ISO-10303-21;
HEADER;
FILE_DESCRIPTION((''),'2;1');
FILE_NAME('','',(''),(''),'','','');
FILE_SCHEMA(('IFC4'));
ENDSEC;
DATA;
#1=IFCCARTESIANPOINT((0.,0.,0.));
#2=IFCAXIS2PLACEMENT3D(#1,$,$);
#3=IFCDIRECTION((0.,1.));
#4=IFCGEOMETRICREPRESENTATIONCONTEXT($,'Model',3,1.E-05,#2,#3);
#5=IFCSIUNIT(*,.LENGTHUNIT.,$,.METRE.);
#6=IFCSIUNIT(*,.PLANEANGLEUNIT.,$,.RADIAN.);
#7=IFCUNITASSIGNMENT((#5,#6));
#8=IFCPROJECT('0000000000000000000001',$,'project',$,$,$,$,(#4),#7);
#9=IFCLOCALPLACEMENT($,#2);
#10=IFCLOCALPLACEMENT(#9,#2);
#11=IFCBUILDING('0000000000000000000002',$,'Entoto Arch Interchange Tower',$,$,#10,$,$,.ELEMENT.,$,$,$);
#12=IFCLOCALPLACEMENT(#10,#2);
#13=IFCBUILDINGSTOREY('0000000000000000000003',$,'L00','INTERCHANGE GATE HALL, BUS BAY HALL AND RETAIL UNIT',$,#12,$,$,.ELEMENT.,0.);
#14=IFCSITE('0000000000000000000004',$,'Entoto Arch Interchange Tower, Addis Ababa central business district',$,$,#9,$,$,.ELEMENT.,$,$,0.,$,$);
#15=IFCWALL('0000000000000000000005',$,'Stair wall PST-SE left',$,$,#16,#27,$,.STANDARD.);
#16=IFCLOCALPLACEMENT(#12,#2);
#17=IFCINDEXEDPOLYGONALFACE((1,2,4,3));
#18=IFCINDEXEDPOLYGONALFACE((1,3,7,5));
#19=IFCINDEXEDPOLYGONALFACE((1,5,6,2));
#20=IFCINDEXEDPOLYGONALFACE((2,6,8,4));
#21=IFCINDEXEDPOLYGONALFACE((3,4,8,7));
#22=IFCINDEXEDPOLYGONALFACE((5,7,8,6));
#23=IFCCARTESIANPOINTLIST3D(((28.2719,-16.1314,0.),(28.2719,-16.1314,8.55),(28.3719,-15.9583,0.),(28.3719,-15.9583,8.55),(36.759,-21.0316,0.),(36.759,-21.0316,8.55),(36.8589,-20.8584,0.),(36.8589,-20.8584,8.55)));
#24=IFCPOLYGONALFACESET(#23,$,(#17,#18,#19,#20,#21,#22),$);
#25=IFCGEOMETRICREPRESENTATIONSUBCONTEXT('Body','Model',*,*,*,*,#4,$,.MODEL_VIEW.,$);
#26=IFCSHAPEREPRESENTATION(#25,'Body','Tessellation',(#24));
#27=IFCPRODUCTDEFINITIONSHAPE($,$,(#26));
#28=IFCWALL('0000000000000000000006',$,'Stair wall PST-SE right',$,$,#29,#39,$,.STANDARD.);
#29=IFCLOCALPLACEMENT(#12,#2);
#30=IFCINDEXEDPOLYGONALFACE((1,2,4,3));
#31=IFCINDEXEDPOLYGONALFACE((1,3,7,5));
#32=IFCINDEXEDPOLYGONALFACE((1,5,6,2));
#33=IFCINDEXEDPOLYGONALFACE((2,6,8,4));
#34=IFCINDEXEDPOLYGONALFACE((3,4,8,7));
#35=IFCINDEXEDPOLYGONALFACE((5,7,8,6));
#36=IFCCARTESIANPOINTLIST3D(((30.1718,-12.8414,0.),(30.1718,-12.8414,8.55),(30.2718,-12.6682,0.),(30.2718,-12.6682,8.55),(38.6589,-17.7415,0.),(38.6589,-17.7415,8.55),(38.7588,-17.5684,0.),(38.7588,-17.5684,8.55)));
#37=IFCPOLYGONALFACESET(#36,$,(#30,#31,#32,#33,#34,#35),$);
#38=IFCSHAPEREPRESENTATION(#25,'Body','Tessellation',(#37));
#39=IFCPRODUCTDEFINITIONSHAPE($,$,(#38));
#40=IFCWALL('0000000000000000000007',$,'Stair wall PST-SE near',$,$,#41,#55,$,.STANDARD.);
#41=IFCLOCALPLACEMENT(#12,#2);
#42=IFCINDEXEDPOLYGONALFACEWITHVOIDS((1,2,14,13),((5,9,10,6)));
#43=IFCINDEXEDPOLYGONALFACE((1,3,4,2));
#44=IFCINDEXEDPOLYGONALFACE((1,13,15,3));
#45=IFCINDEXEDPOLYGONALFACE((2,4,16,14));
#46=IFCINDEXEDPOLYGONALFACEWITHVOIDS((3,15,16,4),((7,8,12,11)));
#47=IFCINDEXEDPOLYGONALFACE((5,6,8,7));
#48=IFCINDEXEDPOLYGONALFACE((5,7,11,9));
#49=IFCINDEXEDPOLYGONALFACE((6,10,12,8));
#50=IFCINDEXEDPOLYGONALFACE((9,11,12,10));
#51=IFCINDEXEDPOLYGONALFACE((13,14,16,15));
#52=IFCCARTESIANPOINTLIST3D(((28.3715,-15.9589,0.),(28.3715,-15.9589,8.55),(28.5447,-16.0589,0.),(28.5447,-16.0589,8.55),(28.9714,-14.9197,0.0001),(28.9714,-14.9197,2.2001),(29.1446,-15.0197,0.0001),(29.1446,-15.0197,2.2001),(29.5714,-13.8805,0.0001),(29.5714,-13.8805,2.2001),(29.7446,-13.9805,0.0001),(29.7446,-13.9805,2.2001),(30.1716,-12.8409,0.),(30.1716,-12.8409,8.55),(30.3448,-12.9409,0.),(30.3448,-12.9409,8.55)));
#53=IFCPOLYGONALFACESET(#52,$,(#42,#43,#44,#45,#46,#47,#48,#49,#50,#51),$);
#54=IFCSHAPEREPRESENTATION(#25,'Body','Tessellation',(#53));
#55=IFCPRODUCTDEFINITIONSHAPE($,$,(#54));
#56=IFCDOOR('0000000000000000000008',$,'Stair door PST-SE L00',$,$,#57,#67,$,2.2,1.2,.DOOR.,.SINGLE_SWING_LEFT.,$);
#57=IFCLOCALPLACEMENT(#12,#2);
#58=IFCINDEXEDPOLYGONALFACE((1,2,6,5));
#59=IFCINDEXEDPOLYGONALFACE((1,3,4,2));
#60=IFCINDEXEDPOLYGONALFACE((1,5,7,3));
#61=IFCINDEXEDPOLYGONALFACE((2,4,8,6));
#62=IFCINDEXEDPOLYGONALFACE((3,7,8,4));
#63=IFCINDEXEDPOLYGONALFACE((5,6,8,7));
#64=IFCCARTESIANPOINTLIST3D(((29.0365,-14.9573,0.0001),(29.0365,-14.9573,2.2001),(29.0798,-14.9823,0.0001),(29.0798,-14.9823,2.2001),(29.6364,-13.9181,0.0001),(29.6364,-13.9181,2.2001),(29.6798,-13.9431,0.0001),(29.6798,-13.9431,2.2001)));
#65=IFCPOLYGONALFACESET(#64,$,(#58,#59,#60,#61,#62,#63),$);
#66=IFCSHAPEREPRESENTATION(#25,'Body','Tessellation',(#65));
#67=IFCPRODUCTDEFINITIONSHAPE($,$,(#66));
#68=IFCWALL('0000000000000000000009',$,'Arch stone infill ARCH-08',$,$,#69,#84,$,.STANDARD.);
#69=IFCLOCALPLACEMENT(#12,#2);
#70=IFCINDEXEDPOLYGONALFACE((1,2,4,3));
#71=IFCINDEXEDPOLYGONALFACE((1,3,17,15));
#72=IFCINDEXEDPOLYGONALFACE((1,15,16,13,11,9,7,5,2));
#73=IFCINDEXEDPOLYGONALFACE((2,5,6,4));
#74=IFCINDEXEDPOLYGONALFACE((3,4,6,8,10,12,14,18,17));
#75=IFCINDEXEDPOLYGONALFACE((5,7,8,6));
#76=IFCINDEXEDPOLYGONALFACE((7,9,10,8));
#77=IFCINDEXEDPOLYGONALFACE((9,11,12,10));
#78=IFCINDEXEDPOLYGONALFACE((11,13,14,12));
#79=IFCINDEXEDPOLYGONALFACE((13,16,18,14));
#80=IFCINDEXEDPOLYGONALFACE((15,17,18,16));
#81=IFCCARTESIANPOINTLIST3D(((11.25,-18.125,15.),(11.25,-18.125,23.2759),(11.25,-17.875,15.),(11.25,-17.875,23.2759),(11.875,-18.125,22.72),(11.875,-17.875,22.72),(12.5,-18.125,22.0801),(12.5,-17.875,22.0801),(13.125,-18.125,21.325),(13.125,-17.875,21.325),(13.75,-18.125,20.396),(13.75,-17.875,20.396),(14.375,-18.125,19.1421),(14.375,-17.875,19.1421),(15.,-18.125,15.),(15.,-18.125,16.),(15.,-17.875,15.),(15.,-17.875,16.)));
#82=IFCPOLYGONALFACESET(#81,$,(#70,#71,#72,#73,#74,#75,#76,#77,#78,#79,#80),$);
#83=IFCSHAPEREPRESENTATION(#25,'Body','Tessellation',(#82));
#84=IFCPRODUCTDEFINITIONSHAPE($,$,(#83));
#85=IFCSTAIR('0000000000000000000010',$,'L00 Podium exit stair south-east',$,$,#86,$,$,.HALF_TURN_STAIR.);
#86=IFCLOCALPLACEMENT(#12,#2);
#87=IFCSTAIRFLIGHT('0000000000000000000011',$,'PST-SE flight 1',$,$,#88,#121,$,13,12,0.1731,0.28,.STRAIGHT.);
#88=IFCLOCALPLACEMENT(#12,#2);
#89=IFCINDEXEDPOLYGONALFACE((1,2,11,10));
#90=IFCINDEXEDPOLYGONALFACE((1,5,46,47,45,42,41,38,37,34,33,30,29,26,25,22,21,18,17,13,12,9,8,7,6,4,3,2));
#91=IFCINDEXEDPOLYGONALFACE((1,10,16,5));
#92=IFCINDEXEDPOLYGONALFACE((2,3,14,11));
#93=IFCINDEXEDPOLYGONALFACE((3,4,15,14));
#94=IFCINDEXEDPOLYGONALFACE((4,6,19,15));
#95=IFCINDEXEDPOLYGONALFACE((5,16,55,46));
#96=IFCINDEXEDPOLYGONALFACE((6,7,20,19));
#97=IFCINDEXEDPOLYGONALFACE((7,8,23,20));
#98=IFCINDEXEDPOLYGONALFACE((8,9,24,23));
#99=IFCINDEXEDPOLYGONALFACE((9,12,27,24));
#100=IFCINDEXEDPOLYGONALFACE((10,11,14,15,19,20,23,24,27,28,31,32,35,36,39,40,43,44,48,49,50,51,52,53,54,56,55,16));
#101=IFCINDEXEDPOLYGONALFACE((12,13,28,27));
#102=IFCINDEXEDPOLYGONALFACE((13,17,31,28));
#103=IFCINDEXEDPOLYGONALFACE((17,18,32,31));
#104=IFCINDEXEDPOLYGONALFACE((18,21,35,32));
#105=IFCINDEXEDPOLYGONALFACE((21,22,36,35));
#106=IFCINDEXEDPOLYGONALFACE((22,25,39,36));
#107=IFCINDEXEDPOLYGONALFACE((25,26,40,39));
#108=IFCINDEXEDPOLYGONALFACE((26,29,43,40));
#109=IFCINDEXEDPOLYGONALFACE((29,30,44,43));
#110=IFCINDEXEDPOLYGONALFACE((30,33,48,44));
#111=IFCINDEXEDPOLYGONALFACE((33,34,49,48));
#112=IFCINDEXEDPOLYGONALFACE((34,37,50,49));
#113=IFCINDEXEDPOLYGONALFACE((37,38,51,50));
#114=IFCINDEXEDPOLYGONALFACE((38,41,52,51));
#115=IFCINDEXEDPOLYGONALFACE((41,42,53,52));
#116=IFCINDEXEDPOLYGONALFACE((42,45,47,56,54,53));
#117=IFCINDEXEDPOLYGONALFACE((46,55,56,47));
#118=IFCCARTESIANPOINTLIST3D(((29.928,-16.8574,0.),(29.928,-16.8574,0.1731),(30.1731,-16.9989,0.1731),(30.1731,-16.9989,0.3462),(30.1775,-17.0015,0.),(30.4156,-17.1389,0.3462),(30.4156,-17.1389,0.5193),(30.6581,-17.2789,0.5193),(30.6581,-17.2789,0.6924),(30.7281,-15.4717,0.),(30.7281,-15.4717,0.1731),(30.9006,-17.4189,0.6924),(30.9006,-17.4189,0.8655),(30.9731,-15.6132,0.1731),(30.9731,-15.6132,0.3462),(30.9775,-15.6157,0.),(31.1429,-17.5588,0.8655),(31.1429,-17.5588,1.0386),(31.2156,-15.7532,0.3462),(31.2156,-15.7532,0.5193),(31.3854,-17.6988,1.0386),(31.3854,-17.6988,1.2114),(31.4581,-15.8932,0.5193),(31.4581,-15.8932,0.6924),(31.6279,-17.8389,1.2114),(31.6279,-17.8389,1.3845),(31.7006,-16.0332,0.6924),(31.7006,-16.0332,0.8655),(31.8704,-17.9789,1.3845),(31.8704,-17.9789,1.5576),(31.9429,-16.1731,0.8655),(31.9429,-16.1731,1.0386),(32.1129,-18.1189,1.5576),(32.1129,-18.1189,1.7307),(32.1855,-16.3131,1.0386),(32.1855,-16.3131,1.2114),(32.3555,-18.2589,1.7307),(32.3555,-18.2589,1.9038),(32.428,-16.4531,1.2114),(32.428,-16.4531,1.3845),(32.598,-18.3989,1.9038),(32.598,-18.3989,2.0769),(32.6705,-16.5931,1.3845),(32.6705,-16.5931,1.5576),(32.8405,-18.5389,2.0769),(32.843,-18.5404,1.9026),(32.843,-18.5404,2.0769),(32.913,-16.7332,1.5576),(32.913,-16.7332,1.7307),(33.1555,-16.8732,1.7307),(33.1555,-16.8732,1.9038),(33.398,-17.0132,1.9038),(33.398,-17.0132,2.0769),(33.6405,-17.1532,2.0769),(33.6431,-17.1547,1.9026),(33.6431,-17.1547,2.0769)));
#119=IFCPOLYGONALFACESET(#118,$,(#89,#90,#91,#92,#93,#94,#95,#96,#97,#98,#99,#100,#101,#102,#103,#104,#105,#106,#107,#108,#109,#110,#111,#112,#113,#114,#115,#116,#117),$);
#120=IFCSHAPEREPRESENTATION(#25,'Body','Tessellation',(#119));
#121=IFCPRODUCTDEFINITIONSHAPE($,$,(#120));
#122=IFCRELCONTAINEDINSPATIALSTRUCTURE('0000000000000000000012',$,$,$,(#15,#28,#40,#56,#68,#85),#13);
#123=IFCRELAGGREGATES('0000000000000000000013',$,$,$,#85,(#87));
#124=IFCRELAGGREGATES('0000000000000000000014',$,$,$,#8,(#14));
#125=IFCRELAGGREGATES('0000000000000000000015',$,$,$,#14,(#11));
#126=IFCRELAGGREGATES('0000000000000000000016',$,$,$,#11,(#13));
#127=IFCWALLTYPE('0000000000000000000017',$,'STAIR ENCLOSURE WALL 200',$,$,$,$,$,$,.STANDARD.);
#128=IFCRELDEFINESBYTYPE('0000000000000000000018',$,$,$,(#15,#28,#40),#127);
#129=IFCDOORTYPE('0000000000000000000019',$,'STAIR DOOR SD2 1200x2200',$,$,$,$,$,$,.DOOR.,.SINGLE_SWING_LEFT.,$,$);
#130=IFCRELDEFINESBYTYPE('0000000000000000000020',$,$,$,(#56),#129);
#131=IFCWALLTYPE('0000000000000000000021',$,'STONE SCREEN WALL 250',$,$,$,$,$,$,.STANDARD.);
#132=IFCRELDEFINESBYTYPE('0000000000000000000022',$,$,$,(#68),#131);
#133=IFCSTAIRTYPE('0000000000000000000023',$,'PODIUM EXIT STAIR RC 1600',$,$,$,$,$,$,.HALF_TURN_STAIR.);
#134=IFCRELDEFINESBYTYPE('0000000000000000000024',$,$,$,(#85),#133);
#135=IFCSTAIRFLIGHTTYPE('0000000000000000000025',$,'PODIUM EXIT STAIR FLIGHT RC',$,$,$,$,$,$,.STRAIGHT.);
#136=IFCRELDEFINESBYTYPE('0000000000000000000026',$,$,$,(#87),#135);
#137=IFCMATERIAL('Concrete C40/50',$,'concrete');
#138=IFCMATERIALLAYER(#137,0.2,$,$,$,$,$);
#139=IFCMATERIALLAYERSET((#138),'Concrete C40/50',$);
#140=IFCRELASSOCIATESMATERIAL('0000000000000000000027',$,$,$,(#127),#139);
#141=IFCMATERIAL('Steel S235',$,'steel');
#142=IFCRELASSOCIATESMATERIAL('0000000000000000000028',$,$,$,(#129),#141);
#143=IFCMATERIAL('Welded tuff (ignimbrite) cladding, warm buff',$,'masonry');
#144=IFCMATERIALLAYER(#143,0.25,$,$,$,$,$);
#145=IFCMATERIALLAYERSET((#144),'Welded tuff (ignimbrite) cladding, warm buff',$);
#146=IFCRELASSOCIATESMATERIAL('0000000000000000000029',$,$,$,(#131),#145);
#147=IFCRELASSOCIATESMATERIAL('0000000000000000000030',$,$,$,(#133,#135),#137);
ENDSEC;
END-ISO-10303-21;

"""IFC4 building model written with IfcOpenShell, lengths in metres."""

from ifc_helpers import new_model, si_unit, direction, frame, frame_2d, origin, place, context, subcontext, project, spatial, polyline, rectangle, outline, extrude, material, layer, layer_set, type_object, element, fill, aggregate, save


model = new_model("IFC4")

# Units and contexts
model_context = context("Model", 3, precision=1e-05, world=origin(), true_north=direction((0.0, 1.0)))
body_context = subcontext(model_context, "Body", "Model", "MODEL_VIEW")
ifc_project = project(units=[si_unit("LENGTHUNIT", "METRE"), si_unit("PLANEANGLEUNIT", "RADIAN")], contexts=[model_context])

# Site, building, storey
site_placement = place(None, origin())
site = spatial("IfcSite", under=ifc_project, at=site_placement, Name="Entoto Arch Interchange Tower, Addis Ababa central business district", CompositionType="ELEMENT", RefElevation=0.0)
building_placement = place(site_placement, origin())
building = spatial("IfcBuilding", under=site, at=building_placement, Name="Entoto Arch Interchange Tower", CompositionType="ELEMENT")
storey_placement = place(building_placement, origin())
storey = spatial("IfcBuildingStorey", under=building, at=storey_placement, Name="L00", Description="INTERCHANGE GATE HALL, BUS BAY HALL AND RETAIL UNIT", CompositionType="ELEMENT", Elevation=0.0)

# Shared definitions
ifc_material_1 = material(Name="Concrete C40/50", Category="concrete")

# Walls
ifc_layer_1 = layer(ifc_material_1, 0.2)
ifc_layer_set_1 = layer_set([ifc_layer_1], Name="Concrete C40/50")
wall_type_1 = type_object("IfcWallType", Name="STAIR ENCLOSURE WALL 200", PredefinedType="STANDARD", material=ifc_layer_set_1)
for number, where, z_axis, x_axis, name in (
    (1, (28.322, -16.0449, 0.0), (0.0, 0.0, 1.0), (0.866019, -0.500011, 0.0), "Stair wall PST-SE left"),
    (2, (30.2219, -12.7549, 0.0), (0.0, 0.0, 1.0), (0.866019, -0.500011, 0.0), "Stair wall PST-SE right"),
):
    element("IfcWall", number, at=place(storey_placement, frame(where, z_axis=z_axis, x_axis=x_axis)), inside=storey, type_object=wall_type_1, Name=name, PredefinedType="STANDARD", context=body_context, shape_type="SweptSolid", body=[
        extrude(rectangle(XDim=9.8, YDim=0.2, at=frame_2d((4.8999, 0.0))), origin(), (0.0, 0.0, 1.0), 8.55),
    ])

# Wall, opening, door
wall_1_placement = place(storey_placement, frame((28.458, -16.009, 0.0), z_axis=(0.0, 0.0, 1.0), x_axis=(0.499983, 0.866035, 0.0)))
wall_1 = element("IfcWall", 3, at=wall_1_placement, inside=storey, type_object=wall_type_1, Name="Stair wall PST-SE near", PredefinedType="STANDARD", context=body_context, shape_type="SweptSolid", body=[
    extrude(rectangle(XDim=3.6003, YDim=0.2, at=frame_2d((1.8003, 0.0))), origin(), (0.0, 0.0, 1.0), 8.55),
])
opening_1_placement = place(wall_1_placement, frame((1.2, 0.0, 0.0)))
opening_1 = element("IfcOpeningElement", 4, at=opening_1_placement, cuts=wall_1, PredefinedType="OPENING", context=body_context, shape_type="SweptSolid", body=[
    extrude(rectangle(XDim=1.2, YDim=2.2, at=frame_2d((0.6001, 1.1001))), frame((0.0, 0.1099, 0.0), z_axis=(0.0, -1.0, 0.0), x_axis=(1.0, 0.0, 0.0)), (0.0, 0.0, 1.0), 0.22),
])
ifc_material_2 = material(Name="Steel S235", Category="steel")
door_type_1 = type_object("IfcDoorType", Name="STAIR DOOR SD2 1200x2200", OperationType="SINGLE_SWING_LEFT", PredefinedType="DOOR", material=ifc_material_2)
door_1_placement = place(opening_1_placement, origin())
door_1 = element("IfcDoor", 5, at=door_1_placement, inside=storey, type_object=door_type_1, Name="Stair door PST-SE L00", OperationType="SINGLE_SWING_LEFT", OverallHeight=2.2, OverallWidth=1.2, PredefinedType="DOOR", context=body_context, shape_type="SweptSolid", body=[
    extrude(rectangle(XDim=1.2, YDim=2.2, at=frame_2d((0.6001, 1.1001))), frame((0.0, 0.0249, 0.0), z_axis=(0.0, -1.0, 0.0), x_axis=(1.0, 0.0, 0.0)), (0.0, 0.0, 1.0), 0.05),
])
fill(opening_1, door_1)

# Wall
ifc_material_3 = material(Name="Welded tuff (ignimbrite) cladding, warm buff", Category="masonry")
ifc_layer_2 = layer(ifc_material_3, 0.25)
ifc_layer_set_2 = layer_set([ifc_layer_2], Name="Welded tuff (ignimbrite) cladding, warm buff")
wall_type_2 = type_object("IfcWallType", Name="STONE SCREEN WALL 250", PredefinedType="STANDARD", material=ifc_layer_set_2)
wall_2_placement = place(storey_placement, frame((11.25, -18.0, 15.0), z_axis=(0.0, 0.0, 1.0), x_axis=(1.0, 0.0, 0.0)))
element("IfcWall", 6, at=wall_2_placement, inside=storey, type_object=wall_type_2, Name="Arch stone infill ARCH-08", PredefinedType="STANDARD", context=body_context, shape_type="SweptSolid", body=[
    extrude(outline(polyline([(0.0, 0.0), (3.75, 0.0), (3.75, 1.0), (3.125, 4.1421), (2.5, 5.396), (1.875, 6.325), (1.25, 7.0801), (0.625, 7.72), (0.0, 8.2759), (0.0, 0.0)])), frame((0.0, 0.125, 0.0), z_axis=(0.0, -1.0, 0.0), x_axis=(1.0, 0.0, 0.0)), (0.0, 0.0, 1.0), 0.25),
])

# Stair, stair flight
stair_type = type_object("IfcStairType", Name="PODIUM EXIT STAIR RC 1600", PredefinedType="HALF_TURN_STAIR", material=ifc_material_1)
stair_placement = place(storey_placement, origin())
stair = element("IfcStair", 7, at=stair_placement, inside=storey, type_object=stair_type, Name="L00 Podium exit stair south-east", PredefinedType="HALF_TURN_STAIR")
stair_flight_type = type_object("IfcStairFlightType", Name="PODIUM EXIT STAIR FLIGHT RC", PredefinedType="STRAIGHT", material=ifc_material_1)
stair_flight_placement = place(storey_placement, frame((30.3306, -16.166, 0.0), z_axis=(0.0, 0.0, 1.0), x_axis=(0.866025, -0.5, 0.0)))
stair_flight = element("IfcStairFlight", 8, at=stair_flight_placement, type_object=stair_flight_type, Name="PST-SE flight 1", NumberOfRisers=13, NumberOfTreads=12, PredefinedType="STRAIGHT", RiserHeight=0.1731, TreadLength=0.28, context=body_context, shape_type="SweptSolid", body=[
    extrude(outline(polyline([(-0.0029, 0.0), (-0.0029, 0.1731), (0.28, 0.1731), (0.28, 0.3462), (0.5601, 0.3462), (0.5601, 0.5193), (0.8401, 0.5193), (0.8401, 0.6924), (1.1201, 0.6924), (1.1201, 0.8655), (1.3999, 0.8655), (1.3999, 1.0386), (1.6799, 1.0386), (1.6799, 1.2114), (1.96, 1.2114), (1.96, 1.3845), (2.24, 1.3845), (2.24, 1.5576), (2.52, 1.5576), (2.52, 1.7307), (2.8, 1.7307), (2.8, 1.9038), (3.0801, 1.9038), (3.0801, 2.0769), (3.3601, 2.0769), (3.363, 2.0769), (3.363, 1.9026), (0.2852, 0.0), (-0.0029, 0.0)])), frame((0.0, 0.8, 0.0), z_axis=(0.0, -1.0, 0.0), x_axis=(1.0, 0.0, 0.0)), (0.0, 0.0, 1.0), 1.6001),
])
aggregate(stair, [stair_flight])

save(model, "model.ifc")
